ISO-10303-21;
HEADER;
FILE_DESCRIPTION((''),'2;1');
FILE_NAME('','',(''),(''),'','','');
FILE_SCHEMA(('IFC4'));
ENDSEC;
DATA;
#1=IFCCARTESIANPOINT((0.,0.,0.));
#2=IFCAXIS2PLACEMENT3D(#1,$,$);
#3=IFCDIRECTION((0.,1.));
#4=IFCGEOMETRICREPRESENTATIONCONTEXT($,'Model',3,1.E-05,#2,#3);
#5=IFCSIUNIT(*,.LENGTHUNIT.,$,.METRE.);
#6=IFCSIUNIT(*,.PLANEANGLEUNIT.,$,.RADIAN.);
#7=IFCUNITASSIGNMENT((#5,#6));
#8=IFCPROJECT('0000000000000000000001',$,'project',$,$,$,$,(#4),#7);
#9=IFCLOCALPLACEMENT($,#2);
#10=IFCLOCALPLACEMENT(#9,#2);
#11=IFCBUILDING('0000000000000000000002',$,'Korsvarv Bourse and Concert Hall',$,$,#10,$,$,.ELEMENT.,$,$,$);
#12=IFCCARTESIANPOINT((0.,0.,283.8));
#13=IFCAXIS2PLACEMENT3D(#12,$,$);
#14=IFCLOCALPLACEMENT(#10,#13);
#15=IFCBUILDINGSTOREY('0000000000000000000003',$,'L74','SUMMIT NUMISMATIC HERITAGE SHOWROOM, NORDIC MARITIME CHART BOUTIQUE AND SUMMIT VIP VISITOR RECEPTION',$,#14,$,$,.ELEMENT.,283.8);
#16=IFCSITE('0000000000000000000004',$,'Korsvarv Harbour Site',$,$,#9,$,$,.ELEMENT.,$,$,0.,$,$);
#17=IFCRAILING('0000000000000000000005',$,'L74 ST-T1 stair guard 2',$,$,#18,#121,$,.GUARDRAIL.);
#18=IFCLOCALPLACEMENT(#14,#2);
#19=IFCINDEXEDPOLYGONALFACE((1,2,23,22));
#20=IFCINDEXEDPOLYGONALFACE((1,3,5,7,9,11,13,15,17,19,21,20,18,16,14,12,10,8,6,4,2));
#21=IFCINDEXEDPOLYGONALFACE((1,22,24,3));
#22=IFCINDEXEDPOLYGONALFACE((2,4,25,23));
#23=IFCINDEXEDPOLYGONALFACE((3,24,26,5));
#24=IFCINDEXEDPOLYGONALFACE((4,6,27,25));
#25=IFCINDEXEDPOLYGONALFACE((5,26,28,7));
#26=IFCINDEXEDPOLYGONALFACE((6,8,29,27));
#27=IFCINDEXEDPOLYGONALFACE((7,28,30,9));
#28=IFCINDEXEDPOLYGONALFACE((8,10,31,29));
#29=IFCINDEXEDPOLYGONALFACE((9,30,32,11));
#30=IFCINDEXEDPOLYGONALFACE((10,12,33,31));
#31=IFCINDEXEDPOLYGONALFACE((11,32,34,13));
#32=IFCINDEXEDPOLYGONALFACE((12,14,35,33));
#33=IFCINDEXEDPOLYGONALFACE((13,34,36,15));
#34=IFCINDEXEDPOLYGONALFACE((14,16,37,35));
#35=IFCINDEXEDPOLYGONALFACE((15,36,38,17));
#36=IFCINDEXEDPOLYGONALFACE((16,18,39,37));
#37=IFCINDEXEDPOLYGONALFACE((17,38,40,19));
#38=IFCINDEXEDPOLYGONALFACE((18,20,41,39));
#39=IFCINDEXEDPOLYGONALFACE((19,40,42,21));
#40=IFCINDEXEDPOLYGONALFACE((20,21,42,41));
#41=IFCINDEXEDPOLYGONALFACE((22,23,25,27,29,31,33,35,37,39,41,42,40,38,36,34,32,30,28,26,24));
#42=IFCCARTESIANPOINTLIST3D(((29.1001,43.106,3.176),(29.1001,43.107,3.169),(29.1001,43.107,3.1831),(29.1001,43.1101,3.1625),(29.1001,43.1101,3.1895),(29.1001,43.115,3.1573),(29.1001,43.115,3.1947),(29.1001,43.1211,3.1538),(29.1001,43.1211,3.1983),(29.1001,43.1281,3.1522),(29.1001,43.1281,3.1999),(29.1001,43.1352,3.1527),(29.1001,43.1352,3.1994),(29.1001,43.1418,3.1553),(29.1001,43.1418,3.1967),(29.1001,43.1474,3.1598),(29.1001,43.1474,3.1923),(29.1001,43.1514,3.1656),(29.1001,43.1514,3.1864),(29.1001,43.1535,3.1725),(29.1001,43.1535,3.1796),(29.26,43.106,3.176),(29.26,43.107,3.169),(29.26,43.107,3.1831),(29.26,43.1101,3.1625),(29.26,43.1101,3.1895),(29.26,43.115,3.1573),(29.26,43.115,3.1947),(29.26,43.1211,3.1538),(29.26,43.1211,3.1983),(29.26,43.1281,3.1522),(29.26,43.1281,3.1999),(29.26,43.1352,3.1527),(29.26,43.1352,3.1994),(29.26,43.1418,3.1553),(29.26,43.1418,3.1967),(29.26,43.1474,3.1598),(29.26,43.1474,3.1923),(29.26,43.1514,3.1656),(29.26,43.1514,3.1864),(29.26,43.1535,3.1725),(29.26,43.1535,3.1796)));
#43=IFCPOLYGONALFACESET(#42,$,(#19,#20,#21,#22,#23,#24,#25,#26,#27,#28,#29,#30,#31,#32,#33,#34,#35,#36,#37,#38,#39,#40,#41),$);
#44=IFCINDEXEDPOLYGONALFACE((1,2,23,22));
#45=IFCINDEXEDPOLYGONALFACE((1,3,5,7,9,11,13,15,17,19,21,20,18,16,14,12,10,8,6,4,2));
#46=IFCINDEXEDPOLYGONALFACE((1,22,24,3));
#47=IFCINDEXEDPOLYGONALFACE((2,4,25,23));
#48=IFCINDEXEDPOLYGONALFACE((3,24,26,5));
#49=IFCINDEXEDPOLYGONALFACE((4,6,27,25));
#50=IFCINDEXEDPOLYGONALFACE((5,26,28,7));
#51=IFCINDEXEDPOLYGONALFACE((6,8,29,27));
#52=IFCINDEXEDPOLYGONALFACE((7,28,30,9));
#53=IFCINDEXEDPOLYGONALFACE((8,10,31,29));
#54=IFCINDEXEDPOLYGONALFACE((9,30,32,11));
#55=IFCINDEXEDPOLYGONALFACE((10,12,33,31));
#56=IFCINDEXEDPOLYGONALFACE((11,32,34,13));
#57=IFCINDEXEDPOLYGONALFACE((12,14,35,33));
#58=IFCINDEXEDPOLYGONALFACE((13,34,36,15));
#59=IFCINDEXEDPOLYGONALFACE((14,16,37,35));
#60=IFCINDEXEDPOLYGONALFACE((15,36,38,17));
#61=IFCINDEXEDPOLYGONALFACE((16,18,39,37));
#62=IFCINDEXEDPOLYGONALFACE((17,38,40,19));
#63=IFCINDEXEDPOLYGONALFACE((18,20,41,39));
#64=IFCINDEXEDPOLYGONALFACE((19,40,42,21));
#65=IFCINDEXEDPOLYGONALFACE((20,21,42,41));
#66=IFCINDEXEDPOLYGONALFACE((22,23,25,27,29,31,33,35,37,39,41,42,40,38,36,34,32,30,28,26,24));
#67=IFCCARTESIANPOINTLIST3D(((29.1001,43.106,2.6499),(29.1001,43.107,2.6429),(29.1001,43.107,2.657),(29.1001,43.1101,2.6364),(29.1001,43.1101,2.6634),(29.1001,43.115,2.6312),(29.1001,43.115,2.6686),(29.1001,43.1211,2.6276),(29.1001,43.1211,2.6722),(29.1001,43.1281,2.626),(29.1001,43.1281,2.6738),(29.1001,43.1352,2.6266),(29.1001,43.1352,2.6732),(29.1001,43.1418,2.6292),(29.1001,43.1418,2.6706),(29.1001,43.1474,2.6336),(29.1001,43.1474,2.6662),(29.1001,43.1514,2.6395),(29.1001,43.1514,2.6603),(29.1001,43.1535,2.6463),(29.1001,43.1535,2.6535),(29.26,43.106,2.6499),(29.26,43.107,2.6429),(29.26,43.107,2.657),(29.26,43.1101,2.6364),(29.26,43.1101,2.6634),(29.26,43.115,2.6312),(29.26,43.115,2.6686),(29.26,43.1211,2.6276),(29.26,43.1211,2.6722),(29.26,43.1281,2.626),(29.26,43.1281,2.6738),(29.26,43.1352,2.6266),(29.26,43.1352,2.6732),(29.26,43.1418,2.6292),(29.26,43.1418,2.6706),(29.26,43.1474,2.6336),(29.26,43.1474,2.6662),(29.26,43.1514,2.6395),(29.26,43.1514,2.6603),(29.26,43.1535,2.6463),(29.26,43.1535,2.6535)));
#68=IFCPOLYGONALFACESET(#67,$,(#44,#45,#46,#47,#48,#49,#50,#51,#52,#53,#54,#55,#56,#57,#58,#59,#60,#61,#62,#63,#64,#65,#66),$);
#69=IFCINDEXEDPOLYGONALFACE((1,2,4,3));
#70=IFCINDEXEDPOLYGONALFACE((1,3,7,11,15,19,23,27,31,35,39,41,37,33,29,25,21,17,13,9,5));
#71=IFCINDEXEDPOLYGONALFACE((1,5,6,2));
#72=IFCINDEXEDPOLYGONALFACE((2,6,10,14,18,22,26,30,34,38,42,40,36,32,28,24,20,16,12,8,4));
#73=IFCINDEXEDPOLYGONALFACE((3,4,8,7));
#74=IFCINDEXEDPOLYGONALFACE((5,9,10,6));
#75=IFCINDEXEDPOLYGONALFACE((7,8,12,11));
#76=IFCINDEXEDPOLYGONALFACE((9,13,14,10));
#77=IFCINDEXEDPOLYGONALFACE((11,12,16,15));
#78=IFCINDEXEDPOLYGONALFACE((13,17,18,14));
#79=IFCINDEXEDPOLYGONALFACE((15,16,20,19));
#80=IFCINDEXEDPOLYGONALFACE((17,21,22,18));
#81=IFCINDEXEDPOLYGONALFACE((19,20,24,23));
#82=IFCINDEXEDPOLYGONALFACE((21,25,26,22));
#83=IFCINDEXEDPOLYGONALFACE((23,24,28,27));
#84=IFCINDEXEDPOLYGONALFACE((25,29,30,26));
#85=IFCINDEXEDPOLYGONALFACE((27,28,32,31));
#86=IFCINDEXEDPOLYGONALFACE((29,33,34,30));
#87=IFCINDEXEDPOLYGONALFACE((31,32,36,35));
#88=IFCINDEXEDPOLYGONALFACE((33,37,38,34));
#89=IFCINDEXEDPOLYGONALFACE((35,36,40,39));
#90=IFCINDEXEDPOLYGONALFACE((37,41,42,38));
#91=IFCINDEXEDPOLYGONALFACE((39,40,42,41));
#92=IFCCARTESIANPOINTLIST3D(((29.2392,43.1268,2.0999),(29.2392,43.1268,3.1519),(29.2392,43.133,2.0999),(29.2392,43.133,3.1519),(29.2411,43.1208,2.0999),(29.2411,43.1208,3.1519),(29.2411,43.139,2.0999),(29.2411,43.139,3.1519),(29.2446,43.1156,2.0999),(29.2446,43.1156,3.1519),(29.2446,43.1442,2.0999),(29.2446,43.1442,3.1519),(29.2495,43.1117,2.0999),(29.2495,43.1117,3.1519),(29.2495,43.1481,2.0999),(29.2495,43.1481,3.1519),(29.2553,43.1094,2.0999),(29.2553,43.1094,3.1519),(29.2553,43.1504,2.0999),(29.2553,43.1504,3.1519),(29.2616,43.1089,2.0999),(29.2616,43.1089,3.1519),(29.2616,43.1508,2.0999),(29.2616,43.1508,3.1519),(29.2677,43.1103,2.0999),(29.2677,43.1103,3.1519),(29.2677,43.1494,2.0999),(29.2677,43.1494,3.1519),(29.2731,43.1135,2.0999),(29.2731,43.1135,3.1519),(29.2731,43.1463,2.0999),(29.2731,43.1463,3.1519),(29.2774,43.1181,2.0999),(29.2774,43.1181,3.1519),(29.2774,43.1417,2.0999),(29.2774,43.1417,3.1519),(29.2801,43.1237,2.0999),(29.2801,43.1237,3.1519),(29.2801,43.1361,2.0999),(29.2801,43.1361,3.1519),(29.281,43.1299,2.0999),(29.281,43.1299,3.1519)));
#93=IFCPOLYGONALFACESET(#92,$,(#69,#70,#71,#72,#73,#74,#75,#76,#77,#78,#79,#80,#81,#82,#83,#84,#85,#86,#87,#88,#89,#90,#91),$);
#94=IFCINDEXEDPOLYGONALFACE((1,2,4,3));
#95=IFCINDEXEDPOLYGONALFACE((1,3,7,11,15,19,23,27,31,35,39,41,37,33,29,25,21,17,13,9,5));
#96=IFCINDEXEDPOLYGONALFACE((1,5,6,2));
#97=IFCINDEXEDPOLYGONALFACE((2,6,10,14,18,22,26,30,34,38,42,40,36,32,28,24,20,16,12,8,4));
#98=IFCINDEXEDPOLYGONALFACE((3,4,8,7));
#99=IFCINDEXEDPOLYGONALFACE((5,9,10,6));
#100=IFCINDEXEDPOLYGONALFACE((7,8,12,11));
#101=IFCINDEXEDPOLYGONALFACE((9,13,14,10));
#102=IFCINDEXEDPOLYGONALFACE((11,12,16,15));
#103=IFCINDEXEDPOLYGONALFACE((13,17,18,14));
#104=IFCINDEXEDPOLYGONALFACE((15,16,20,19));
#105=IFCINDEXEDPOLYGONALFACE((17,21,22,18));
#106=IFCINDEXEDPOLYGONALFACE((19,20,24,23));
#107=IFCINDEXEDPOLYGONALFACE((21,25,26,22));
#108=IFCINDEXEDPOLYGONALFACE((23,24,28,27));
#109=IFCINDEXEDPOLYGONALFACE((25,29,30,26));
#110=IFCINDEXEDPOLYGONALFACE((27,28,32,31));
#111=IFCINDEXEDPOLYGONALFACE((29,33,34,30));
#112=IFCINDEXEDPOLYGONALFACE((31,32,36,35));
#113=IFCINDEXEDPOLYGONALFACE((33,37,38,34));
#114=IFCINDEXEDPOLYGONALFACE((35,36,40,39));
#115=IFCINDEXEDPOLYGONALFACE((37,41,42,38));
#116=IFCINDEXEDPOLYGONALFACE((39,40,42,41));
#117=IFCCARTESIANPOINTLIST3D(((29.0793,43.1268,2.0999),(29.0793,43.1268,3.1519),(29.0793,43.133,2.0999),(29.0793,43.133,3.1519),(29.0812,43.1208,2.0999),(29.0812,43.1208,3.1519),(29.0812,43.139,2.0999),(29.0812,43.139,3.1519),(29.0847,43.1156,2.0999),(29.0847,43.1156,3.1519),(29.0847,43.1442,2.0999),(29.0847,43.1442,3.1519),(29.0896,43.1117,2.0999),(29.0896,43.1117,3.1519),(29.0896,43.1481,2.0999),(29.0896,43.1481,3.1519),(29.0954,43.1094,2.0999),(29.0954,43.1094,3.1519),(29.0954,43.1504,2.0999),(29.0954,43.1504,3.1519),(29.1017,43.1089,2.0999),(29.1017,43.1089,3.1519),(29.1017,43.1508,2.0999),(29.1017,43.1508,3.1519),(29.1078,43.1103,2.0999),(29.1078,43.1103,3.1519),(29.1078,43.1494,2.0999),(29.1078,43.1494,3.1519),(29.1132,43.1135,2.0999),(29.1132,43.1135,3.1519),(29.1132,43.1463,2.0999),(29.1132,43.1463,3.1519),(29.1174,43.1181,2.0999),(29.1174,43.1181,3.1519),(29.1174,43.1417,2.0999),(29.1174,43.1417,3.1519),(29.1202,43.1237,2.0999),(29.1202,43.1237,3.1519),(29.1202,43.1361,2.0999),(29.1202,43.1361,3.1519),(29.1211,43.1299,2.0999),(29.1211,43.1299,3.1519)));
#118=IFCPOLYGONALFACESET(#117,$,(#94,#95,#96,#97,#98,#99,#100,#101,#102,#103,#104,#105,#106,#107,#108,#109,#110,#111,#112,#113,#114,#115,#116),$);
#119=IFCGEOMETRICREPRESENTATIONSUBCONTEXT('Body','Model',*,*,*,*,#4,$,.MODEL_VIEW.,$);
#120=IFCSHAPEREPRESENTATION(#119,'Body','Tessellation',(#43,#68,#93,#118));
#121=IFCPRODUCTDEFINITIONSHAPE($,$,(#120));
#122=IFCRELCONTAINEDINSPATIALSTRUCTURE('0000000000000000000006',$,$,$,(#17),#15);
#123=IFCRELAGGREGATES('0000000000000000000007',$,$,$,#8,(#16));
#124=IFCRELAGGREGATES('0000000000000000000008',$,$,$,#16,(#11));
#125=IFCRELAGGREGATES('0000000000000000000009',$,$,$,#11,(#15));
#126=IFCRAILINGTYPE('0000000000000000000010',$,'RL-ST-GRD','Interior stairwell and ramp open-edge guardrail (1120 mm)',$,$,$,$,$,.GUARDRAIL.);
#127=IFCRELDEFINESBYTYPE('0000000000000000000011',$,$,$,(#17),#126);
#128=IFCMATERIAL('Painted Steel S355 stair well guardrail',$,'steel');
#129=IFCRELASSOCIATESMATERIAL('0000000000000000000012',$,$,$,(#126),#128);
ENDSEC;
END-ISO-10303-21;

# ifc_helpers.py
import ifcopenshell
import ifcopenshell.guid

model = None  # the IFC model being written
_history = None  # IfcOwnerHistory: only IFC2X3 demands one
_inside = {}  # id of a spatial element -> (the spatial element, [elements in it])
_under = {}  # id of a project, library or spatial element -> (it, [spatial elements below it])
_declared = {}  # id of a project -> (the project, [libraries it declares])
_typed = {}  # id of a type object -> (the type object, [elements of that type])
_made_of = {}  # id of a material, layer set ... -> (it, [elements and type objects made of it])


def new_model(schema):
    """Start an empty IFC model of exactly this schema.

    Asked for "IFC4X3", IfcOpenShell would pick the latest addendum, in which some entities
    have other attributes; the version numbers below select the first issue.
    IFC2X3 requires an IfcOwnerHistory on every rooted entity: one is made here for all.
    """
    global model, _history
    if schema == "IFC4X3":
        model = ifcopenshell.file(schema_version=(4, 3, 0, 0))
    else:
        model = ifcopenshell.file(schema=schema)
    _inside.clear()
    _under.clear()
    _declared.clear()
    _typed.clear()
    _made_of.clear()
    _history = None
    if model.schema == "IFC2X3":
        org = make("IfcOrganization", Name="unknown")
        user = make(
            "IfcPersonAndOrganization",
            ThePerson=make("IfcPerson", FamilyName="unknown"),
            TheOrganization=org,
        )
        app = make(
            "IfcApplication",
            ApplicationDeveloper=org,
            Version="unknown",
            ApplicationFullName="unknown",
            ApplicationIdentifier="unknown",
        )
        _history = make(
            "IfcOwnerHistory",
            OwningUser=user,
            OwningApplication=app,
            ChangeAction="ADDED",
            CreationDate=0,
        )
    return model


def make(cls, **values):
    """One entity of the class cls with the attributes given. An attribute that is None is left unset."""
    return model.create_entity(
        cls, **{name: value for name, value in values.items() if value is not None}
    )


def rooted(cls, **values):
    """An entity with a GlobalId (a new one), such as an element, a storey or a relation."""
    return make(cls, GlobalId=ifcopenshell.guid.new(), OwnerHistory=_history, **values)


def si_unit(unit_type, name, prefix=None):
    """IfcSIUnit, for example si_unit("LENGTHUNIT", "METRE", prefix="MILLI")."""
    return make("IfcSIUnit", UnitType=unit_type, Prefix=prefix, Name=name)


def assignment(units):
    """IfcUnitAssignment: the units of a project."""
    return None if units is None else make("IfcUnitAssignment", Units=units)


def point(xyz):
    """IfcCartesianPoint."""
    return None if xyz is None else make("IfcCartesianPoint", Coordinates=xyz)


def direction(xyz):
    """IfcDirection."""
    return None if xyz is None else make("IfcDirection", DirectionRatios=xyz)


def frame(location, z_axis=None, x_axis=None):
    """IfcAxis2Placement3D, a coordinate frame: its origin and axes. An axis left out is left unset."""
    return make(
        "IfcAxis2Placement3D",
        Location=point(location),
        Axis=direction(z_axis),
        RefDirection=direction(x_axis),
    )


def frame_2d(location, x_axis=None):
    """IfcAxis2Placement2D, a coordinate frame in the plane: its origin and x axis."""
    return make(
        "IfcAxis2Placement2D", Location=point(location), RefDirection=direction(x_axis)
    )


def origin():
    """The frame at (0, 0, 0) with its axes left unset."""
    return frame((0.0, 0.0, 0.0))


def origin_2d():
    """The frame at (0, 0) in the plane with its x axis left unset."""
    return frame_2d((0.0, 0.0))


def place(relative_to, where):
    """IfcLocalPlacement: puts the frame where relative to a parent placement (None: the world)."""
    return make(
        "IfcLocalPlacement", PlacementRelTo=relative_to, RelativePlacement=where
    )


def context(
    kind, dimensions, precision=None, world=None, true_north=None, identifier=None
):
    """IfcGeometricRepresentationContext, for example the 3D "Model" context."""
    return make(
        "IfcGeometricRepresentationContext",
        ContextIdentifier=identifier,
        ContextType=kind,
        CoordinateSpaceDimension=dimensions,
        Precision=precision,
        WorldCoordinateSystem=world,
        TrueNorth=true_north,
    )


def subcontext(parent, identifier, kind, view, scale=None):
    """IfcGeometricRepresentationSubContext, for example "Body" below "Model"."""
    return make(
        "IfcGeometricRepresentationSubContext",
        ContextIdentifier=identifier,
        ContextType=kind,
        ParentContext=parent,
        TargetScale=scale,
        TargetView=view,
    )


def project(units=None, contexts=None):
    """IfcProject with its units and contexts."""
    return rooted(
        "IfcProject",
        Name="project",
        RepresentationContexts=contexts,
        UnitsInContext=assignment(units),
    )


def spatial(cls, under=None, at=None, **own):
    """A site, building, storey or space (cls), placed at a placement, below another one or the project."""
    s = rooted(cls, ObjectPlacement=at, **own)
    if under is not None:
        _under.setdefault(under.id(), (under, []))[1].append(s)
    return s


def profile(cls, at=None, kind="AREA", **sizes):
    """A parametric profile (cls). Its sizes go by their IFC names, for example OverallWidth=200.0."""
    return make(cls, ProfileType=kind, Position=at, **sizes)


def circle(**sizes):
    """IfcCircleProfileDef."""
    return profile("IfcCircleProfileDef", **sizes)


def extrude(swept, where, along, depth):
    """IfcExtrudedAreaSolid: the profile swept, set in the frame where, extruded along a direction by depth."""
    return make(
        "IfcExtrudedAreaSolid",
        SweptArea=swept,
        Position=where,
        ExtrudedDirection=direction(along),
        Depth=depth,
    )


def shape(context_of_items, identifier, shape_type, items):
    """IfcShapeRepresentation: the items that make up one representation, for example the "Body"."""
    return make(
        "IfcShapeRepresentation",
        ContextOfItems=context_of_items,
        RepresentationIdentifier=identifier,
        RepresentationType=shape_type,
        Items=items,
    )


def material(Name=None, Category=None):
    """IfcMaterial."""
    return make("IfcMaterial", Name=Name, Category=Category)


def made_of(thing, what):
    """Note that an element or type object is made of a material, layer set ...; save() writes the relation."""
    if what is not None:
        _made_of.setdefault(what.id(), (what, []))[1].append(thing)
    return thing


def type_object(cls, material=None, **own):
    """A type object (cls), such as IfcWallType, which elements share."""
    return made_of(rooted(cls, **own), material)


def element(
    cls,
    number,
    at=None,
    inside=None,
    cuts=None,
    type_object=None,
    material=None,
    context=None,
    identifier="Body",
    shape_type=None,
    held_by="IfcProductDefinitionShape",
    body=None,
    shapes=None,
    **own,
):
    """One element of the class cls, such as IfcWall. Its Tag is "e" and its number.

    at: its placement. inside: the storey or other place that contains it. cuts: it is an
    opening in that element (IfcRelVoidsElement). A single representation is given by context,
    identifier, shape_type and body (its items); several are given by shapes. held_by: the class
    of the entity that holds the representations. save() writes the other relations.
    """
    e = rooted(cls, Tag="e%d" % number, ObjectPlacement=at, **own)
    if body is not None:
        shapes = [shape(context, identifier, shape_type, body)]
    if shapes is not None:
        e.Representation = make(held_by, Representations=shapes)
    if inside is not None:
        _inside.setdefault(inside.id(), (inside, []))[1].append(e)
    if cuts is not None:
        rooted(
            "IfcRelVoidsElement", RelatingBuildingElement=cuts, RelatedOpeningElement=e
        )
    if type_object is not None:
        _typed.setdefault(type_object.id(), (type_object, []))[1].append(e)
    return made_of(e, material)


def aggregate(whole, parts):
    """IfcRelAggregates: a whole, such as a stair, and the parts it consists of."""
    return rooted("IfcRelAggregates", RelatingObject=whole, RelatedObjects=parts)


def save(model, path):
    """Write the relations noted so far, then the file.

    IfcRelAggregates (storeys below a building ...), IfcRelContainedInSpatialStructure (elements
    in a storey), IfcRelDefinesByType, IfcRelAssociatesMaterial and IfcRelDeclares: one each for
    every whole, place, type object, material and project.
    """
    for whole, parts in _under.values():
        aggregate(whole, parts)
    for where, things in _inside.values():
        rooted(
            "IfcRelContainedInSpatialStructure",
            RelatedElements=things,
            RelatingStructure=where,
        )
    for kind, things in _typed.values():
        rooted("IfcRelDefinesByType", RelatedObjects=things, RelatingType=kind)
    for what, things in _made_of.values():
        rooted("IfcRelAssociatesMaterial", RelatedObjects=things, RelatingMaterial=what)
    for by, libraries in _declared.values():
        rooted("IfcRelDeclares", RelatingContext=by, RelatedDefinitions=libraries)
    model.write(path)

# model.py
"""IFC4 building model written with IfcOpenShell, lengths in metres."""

from ifc_helpers import new_model, si_unit, direction, frame, origin, origin_2d, place, context, subcontext, project, spatial, circle, extrude, material, type_object, element, save


model = new_model("IFC4")

# Units and contexts
model_context = context("Model", 3, precision=1e-05, world=origin(), true_north=direction((0.0, 1.0)))
body_context = subcontext(model_context, "Body", "Model", "MODEL_VIEW")
ifc_project = project(units=[si_unit("LENGTHUNIT", "METRE"), si_unit("PLANEANGLEUNIT", "RADIAN")], contexts=[model_context])

# Site, building, storey
site_placement = place(None, origin())
site = spatial("IfcSite", under=ifc_project, at=site_placement, Name="Korsvarv Harbour Site", CompositionType="ELEMENT", RefElevation=0.0)
building_placement = place(site_placement, origin())
building = spatial("IfcBuilding", under=site, at=building_placement, Name="Korsvarv Bourse and Concert Hall", CompositionType="ELEMENT")
storey_placement = place(building_placement, frame((0.0, 0.0, 283.8)))
storey = spatial("IfcBuildingStorey", under=building, at=storey_placement, Name="L74", Description="SUMMIT NUMISMATIC HERITAGE SHOWROOM, NORDIC MARITIME CHART BOUTIQUE AND SUMMIT VIP VISITOR RECEPTION", CompositionType="ELEMENT", Elevation=283.8)

# Railing
ifc_material_1 = material(Name="Painted Steel S355 stair well guardrail", Category="steel")
railing_type_1 = type_object("IfcRailingType", Name="RL-ST-GRD", Description="Interior stairwell and ramp open-edge guardrail (1120 mm)", PredefinedType="GUARDRAIL", material=ifc_material_1)
railing_1_placement = place(storey_placement, frame((29.26, 43.1299, 2.0999)))
element("IfcRailing", 1, at=railing_1_placement, inside=storey, type_object=railing_type_1, Name="L74 ST-T1 stair guard 2", PredefinedType="GUARDRAIL", context=body_context, shape_type="SweptSolid", body=[
    extrude(circle(Radius=0.0239, at=origin_2d()), frame((0.0, 0.0, 1.0762), z_axis=(-1.0, 0.0, 0.0), x_axis=(0.0, -1.0, 0.0)), (0.0, 0.0, 1.0), 0.1599),
    extrude(circle(Radius=0.0239, at=origin_2d()), frame((0.0, 0.0, 0.55), z_axis=(-1.0, 0.0, 0.0), x_axis=(0.0, -1.0, 0.0)), (0.0, 0.0, 1.0), 0.1599),
    extrude(circle(Radius=0.021, at=origin_2d()), origin(), (0.0, 0.0, 1.0), 1.052),
    extrude(circle(Radius=0.021, at=origin_2d()), frame((-0.1599, 0.0, 0.0)), (0.0, 0.0, 1.0), 1.052),
])

save(model, "model.ifc")
